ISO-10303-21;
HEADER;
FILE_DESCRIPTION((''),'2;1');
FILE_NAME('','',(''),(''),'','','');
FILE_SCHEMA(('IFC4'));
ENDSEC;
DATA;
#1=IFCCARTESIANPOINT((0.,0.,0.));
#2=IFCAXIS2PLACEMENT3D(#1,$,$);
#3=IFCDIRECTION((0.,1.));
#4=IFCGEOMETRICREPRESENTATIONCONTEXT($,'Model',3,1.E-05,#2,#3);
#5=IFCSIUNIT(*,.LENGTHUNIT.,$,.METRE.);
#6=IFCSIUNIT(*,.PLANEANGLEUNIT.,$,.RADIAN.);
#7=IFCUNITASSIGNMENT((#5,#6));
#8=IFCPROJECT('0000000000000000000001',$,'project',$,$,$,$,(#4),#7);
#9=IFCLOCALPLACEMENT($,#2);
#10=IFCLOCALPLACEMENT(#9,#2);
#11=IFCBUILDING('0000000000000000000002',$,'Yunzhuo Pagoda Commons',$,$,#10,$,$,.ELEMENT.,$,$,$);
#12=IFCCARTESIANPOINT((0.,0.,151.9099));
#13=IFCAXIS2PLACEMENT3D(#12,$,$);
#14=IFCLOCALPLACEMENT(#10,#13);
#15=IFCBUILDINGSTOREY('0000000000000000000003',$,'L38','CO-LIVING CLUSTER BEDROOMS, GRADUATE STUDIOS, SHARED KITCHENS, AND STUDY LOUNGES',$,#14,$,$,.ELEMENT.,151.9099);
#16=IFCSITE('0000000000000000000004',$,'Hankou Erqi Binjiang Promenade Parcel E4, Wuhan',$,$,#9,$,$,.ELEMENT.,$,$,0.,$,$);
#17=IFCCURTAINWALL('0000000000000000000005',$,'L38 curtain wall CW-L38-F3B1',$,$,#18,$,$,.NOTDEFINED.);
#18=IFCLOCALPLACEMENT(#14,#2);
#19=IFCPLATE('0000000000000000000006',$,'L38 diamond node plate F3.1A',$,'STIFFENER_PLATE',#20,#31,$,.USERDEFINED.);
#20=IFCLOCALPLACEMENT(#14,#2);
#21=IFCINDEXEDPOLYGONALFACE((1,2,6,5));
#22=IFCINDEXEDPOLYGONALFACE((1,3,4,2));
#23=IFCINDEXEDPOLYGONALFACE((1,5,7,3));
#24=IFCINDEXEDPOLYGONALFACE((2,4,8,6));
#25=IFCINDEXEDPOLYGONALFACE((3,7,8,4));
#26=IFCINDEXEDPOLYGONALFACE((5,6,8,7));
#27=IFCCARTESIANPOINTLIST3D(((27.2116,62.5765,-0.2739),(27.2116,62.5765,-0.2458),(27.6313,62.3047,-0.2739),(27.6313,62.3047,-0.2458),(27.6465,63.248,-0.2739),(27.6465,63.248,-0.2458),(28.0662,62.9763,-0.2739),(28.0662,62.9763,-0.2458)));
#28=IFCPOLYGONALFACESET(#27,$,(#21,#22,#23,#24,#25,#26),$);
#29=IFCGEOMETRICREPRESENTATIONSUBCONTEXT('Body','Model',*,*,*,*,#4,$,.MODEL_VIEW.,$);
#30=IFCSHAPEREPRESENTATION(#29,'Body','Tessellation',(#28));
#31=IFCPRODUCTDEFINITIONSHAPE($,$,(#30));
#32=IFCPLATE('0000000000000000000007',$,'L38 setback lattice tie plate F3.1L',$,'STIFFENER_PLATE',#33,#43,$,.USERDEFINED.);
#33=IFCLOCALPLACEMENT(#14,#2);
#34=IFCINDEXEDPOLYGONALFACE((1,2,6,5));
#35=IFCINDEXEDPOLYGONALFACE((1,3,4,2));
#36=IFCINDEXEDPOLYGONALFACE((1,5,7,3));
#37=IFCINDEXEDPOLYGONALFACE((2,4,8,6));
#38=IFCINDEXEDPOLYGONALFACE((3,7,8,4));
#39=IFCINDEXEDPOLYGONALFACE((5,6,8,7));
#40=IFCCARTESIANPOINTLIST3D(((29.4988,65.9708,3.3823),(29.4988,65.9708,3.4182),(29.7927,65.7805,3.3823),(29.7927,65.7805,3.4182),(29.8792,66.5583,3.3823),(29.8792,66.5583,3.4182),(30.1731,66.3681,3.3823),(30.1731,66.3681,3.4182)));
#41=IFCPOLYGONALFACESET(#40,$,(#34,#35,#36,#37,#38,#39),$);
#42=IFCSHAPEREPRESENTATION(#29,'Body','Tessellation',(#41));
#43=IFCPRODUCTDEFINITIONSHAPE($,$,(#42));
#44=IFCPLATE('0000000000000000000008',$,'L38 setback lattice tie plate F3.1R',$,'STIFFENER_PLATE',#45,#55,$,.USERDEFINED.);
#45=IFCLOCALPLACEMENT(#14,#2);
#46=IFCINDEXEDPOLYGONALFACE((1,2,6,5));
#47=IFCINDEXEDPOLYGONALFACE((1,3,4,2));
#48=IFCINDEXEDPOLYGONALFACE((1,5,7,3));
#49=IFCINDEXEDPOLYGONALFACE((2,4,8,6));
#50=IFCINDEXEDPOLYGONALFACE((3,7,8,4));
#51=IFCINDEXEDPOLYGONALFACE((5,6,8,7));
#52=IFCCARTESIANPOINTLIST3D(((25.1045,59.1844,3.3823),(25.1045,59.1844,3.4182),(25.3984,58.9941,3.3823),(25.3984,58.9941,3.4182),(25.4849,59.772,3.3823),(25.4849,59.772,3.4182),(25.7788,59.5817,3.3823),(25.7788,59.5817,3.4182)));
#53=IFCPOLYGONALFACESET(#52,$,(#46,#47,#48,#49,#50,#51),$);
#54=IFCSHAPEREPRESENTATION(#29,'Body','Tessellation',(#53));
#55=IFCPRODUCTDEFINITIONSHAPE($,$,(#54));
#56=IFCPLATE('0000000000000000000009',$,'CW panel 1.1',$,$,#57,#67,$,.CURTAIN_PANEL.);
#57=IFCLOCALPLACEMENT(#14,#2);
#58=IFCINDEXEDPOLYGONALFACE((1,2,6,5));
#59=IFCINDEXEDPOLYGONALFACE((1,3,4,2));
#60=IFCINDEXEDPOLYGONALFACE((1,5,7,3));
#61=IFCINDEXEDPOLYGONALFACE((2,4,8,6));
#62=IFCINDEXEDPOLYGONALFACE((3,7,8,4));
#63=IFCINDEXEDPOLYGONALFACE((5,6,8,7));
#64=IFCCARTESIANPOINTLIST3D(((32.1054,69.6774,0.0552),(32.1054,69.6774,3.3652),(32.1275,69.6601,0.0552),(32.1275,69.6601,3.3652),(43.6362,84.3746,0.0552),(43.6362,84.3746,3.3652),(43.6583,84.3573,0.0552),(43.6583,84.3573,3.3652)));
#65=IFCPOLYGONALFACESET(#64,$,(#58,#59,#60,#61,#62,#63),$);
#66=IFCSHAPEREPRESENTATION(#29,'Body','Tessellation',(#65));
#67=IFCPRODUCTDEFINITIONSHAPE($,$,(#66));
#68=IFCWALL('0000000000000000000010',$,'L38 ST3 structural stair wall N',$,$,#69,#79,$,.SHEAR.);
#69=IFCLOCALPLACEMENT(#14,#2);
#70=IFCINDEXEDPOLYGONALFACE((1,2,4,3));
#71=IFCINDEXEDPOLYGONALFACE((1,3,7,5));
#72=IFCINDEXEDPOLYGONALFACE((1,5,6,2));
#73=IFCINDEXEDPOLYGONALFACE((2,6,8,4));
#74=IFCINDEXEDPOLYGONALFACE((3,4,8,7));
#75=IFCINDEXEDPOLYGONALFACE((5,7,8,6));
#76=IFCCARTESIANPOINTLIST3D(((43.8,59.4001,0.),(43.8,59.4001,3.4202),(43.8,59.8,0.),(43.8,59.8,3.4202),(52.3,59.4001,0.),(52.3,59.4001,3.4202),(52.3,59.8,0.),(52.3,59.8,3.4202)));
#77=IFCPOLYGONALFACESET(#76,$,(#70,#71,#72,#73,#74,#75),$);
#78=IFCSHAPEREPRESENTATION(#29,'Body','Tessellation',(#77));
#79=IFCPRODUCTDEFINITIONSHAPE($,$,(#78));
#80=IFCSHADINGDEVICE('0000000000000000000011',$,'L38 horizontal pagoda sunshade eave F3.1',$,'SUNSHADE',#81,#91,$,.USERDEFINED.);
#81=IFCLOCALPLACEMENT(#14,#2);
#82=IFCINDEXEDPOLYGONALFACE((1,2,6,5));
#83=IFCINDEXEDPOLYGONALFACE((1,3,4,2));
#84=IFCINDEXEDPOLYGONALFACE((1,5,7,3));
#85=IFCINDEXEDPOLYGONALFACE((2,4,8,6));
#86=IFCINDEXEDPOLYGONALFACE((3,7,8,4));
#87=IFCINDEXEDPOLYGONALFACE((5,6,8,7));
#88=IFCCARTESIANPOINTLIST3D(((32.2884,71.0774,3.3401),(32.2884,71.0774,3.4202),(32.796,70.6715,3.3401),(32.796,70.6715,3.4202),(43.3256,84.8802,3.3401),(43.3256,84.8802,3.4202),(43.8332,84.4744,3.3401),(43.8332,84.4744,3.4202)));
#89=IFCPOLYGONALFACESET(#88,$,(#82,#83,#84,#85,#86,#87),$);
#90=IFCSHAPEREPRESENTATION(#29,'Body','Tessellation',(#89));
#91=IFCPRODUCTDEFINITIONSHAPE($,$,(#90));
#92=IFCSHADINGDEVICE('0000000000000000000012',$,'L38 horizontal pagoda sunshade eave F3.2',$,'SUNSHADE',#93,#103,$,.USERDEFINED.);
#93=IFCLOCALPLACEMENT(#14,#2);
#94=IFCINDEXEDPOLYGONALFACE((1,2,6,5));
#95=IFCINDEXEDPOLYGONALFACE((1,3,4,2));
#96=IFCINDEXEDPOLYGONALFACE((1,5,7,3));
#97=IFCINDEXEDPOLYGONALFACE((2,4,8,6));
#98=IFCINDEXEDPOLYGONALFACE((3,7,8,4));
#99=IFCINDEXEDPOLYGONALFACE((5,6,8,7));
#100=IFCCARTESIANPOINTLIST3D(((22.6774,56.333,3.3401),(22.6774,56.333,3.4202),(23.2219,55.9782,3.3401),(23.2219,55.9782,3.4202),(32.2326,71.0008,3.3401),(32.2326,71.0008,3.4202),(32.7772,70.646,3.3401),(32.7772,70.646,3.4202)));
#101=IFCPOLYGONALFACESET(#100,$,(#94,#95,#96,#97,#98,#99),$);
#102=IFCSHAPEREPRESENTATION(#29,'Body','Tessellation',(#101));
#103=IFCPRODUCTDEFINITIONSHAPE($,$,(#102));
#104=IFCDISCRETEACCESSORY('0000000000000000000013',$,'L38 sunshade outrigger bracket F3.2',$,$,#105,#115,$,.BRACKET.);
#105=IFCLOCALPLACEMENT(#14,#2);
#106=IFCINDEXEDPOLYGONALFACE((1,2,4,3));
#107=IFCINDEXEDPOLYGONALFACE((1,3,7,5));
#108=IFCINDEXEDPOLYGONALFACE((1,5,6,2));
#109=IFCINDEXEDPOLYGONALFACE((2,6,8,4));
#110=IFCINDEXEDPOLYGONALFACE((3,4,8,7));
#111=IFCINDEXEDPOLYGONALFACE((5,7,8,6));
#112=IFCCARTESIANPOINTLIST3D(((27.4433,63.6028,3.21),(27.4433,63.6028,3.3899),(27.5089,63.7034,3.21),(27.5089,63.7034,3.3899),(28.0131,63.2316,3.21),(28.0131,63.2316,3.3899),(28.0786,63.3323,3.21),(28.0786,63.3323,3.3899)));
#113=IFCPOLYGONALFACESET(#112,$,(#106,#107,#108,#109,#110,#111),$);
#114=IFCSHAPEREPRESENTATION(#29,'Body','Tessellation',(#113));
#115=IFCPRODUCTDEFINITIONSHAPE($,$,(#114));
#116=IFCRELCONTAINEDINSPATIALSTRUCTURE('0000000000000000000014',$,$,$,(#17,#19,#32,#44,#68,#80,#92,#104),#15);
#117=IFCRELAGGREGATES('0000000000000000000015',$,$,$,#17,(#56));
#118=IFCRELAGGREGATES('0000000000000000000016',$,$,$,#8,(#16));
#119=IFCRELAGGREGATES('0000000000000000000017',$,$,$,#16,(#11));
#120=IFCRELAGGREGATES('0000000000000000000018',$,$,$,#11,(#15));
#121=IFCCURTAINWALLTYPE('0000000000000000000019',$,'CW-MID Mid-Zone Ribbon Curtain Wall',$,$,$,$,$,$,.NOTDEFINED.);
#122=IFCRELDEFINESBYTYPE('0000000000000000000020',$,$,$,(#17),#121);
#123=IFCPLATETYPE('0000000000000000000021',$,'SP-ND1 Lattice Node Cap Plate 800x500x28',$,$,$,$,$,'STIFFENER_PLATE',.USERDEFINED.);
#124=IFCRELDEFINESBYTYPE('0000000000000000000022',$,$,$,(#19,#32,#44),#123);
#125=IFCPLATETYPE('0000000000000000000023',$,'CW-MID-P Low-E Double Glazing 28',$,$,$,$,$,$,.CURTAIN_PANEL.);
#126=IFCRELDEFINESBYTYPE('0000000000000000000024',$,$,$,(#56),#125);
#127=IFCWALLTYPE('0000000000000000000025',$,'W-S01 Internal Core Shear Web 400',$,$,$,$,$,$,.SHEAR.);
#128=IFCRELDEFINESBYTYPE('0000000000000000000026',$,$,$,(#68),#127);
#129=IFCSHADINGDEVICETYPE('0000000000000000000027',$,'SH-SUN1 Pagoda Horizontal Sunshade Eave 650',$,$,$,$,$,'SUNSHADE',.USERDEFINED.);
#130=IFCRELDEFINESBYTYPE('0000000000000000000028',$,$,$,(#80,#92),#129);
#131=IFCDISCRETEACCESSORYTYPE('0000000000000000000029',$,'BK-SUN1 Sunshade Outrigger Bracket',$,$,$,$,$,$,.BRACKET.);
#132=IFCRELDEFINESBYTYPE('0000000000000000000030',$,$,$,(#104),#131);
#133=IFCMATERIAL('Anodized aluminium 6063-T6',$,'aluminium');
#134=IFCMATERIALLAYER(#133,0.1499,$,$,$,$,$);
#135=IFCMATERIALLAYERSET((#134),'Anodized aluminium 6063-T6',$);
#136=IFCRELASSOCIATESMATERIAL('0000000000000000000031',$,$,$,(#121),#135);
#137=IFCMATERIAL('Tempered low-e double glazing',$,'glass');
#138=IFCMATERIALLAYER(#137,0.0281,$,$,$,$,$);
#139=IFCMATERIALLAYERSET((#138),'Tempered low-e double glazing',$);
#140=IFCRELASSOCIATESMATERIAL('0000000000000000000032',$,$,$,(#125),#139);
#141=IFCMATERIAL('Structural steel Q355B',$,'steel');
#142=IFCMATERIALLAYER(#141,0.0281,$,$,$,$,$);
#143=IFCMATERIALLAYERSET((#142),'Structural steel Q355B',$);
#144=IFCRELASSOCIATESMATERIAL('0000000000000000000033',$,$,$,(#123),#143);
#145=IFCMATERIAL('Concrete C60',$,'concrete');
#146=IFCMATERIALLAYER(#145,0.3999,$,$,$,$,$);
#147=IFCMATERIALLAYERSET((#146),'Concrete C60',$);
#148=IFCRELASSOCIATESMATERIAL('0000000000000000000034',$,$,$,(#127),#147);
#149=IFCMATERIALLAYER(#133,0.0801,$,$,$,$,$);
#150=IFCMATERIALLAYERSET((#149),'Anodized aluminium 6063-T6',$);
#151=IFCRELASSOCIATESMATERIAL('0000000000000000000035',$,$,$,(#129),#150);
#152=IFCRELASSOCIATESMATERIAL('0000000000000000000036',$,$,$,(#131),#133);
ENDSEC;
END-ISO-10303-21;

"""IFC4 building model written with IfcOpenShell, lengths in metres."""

from ifc_helpers import new_model, si_unit, direction, frame, frame_2d, origin, origin_2d, place, context, subcontext, project, spatial, rectangle, extrude, source, transform, mapped, material, layer, layer_set, type_object, element, aggregate, save


model = new_model("IFC4")

# Units and contexts
model_context = context("Model", 3, precision=1e-05, world=origin(), true_north=direction((0.0, 1.0)))
body_context = subcontext(model_context, "Body", "Model", "MODEL_VIEW")
ifc_project = project(units=[si_unit("LENGTHUNIT", "METRE"), si_unit("PLANEANGLEUNIT", "RADIAN")], contexts=[model_context])

# Site, building, storey
site_placement = place(None, origin())
site = spatial("IfcSite", under=ifc_project, at=site_placement, Name="Hankou Erqi Binjiang Promenade Parcel E4, Wuhan", CompositionType="ELEMENT", RefElevation=0.0)
building_placement = place(site_placement, origin())
building = spatial("IfcBuilding", under=site, at=building_placement, Name="Yunzhuo Pagoda Commons", CompositionType="ELEMENT")
storey_placement = place(building_placement, frame((0.0, 0.0, 151.9099)))
storey = spatial("IfcBuildingStorey", under=building, at=storey_placement, Name="L38", Description="CO-LIVING CLUSTER BEDROOMS, GRADUATE STUDIOS, SHARED KITCHENS, AND STUDY LOUNGES", CompositionType="ELEMENT", Elevation=151.9099)

# Shared definitions
ifc_material_1 = material(Name="Structural steel Q355B", Category="steel")

# Shared definitions
ifc_material_2 = material(Name="Anodized aluminium 6063-T6", Category="aluminium")
ifc_layer_1 = layer(ifc_material_2, 0.1499)
ifc_layer_set_1 = layer_set([ifc_layer_1], Name="Anodized aluminium 6063-T6")
curtain_wall_type = type_object("IfcCurtainWallType", Name="CW-MID Mid-Zone Ribbon Curtain Wall", PredefinedType="NOTDEFINED", material=ifc_layer_set_1)

# Curtain wall
curtain_wall_1_placement = place(storey_placement, origin())
curtain_wall_1 = element("IfcCurtainWall", 1, at=curtain_wall_1_placement, inside=storey, type_object=curtain_wall_type, Name="L38 curtain wall CW-L38-F3B1", PredefinedType="NOTDEFINED")

# Shared definitions
ifc_material_3 = material(Name="Tempered low-e double glazing", Category="glass")
ifc_layer_2 = layer(ifc_material_3, 0.0281)
ifc_layer_set_2 = layer_set([ifc_layer_2], Name="Tempered low-e double glazing")
plate_type_1 = type_object("IfcPlateType", Name="CW-MID-P Low-E Double Glazing 28", PredefinedType="CURTAIN_PANEL", material=ifc_layer_set_2)

# Plates
ifc_layer_3 = layer(ifc_material_1, 0.0281)
ifc_layer_set_3 = layer_set([ifc_layer_3], Name="Structural steel Q355B")
plate_type_2 = type_object("IfcPlateType", Name="SP-ND1 Lattice Node Cap Plate 800x500x28", ElementType="STIFFENER_PLATE", PredefinedType="USERDEFINED", material=ifc_layer_set_3)
shared_shape_1 = source(origin(), body_context, "Body", "SweptSolid", [
    extrude(rectangle(XDim=0.8, YDim=0.5, at=origin_2d()), origin(), (0.0, 0.0, 1.0), 0.0281),
])
plate_1_placement = place(storey_placement, frame((27.6389, 62.7764, -0.2739), z_axis=(0.0, 0.0, 1.0), x_axis=(-0.543526, -0.839392, 0.0)))
element("IfcPlate", 2, at=plate_1_placement, inside=storey, type_object=plate_type_2, Name="L38 diamond node plate F3.1A", ObjectType="STIFFENER_PLATE", PredefinedType="USERDEFINED", context=body_context, shape_type="MappedRepresentation", body=[
    mapped(shared_shape_1, transform((0.0, 0.0, 0.0), scale=1.0)),
])
shared_shape_2 = source(origin(), body_context, "Body", "SweptSolid", [
    extrude(rectangle(XDim=0.7, YDim=0.3501, at=origin_2d()), origin(), (0.0, 0.0, 1.0), 0.0359),
])
for number, where, z_axis, x_axis, name in (
    (3, (29.8359, 66.1694, 3.3823), (0.0, 0.0, 1.0), (-0.543526, -0.839392, 0.0), "L38 setback lattice tie plate F3.1L"),
    (4, (25.4417, 59.3831, 3.3823), (0.0, 0.0, 1.0), (-0.543526, -0.839392, 0.0), "L38 setback lattice tie plate F3.1R"),
):
    element("IfcPlate", number, at=place(storey_placement, frame(where, z_axis=z_axis, x_axis=x_axis)), inside=storey, type_object=plate_type_2, Name=name, ObjectType="STIFFENER_PLATE", PredefinedType="USERDEFINED", context=body_context, shape_type="MappedRepresentation", body=[
        mapped(shared_shape_2, transform((0.0, 0.0, 0.0), scale=1.0)),
    ])

# Plate
shared_shape_3 = source(origin(), body_context, "Body", "SweptSolid", [
    extrude(rectangle(XDim=18.6807, YDim=0.0281, at=origin_2d()), origin(), (0.0, 0.0, 1.0), 3.3101),
])
plate_2_placement = place(storey_placement, frame((37.8818, 77.0173, 0.0552), z_axis=(0.0, 0.0, 1.0), x_axis=(-0.61726, -0.786759, 0.0)))
plate_2 = element("IfcPlate", 5, at=plate_2_placement, type_object=plate_type_1, Name="CW panel 1.1", PredefinedType="CURTAIN_PANEL", context=body_context, shape_type="MappedRepresentation", body=[
    mapped(shared_shape_3, transform((0.0, 0.0, 0.0), scale=1.0)),
])
aggregate(curtain_wall_1, [plate_2])

# Wall
ifc_material_4 = material(Name="Concrete C60", Category="concrete")
ifc_layer_4 = layer(ifc_material_4, 0.3999)
ifc_layer_set_4 = layer_set([ifc_layer_4], Name="Concrete C60")
wall_type = type_object("IfcWallType", Name="W-S01 Internal Core Shear Web 400", PredefinedType="SHEAR", material=ifc_layer_set_4)
wall_placement = place(storey_placement, frame((43.8, 59.6001, 0.0), z_axis=(0.0, 0.0, 1.0), x_axis=(1.0, 0.0, 0.0)))
element("IfcWall", 6, at=wall_placement, inside=storey, type_object=wall_type, Name="L38 ST3 structural stair wall N", PredefinedType="SHEAR", context=body_context, shape_type="SweptSolid", body=[
    extrude(rectangle(XDim=8.5, YDim=0.3999, at=frame_2d((4.25, 0.0))), origin(), (0.0, 0.0, 1.0), 3.4202),
])

# Shading devices
ifc_layer_5 = layer(ifc_material_2, 0.0801)
ifc_layer_set_5 = layer_set([ifc_layer_5], Name="Anodized aluminium 6063-T6")
shading_device_type = type_object("IfcShadingDeviceType", Name="SH-SUN1 Pagoda Horizontal Sunshade Eave 650", ElementType="SUNSHADE", PredefinedType="USERDEFINED", material=ifc_layer_set_5)
shared_shape_4 = source(origin(), body_context, "Body", "SweptSolid", [
    extrude(rectangle(XDim=17.6731, YDim=0.6499, at=origin_2d()), origin(), (0.0, 0.0, 1.0), 0.0801),
])
shading_device_1_placement = place(storey_placement, frame((38.0608, 77.7759, 3.3401), z_axis=(0.0, 0.0, 1.0), x_axis=(-0.62452, -0.781008, 0.0)))
element("IfcShadingDevice", 7, at=shading_device_1_placement, inside=storey, type_object=shading_device_type, Name="L38 horizontal pagoda sunshade eave F3.1", ObjectType="SUNSHADE", PredefinedType="USERDEFINED", context=body_context, shape_type="MappedRepresentation", body=[
    mapped(shared_shape_4, transform((0.0, 0.0, 0.0), scale=1.0)),
])
shared_shape_5 = source(origin(), body_context, "Body", "SweptSolid", [
    extrude(rectangle(XDim=17.5056, YDim=0.6499, at=origin_2d()), origin(), (0.0, 0.0, 1.0), 0.0801),
])
shading_device_2_placement = place(storey_placement, frame((27.7273, 63.4895, 3.3401), z_axis=(0.0, 0.0, 1.0), x_axis=(-0.545839, -0.83789, 0.0)))
element("IfcShadingDevice", 8, at=shading_device_2_placement, inside=storey, type_object=shading_device_type, Name="L38 horizontal pagoda sunshade eave F3.2", ObjectType="SUNSHADE", PredefinedType="USERDEFINED", context=body_context, shape_type="MappedRepresentation", body=[
    mapped(shared_shape_5, transform((0.0, 0.0, 0.0), scale=1.0)),
])

# Discrete accessory
discrete_accessory_type = type_object("IfcDiscreteAccessoryType", Name="BK-SUN1 Sunshade Outrigger Bracket", PredefinedType="BRACKET", material=ifc_material_2)
shared_shape_6 = source(origin(), body_context, "Body", "SweptSolid", [
    extrude(rectangle(XDim=0.1201, YDim=0.6799, at=origin_2d()), origin(), (0.0, 0.0, 1.0), 0.1799),
])
discrete_accessory_placement = place(storey_placement, frame((27.761, 63.4675, 3.21), z_axis=(0.0, 0.0, 1.0), x_axis=(-0.545839, -0.83789, 0.0)))
element("IfcDiscreteAccessory", 9, at=discrete_accessory_placement, inside=storey, type_object=discrete_accessory_type, Name="L38 sunshade outrigger bracket F3.2", PredefinedType="BRACKET", context=body_context, shape_type="MappedRepresentation", body=[
    mapped(shared_shape_6, transform((0.0, 0.0, 0.0), scale=1.0)),
])

save(model, "model.ifc")
